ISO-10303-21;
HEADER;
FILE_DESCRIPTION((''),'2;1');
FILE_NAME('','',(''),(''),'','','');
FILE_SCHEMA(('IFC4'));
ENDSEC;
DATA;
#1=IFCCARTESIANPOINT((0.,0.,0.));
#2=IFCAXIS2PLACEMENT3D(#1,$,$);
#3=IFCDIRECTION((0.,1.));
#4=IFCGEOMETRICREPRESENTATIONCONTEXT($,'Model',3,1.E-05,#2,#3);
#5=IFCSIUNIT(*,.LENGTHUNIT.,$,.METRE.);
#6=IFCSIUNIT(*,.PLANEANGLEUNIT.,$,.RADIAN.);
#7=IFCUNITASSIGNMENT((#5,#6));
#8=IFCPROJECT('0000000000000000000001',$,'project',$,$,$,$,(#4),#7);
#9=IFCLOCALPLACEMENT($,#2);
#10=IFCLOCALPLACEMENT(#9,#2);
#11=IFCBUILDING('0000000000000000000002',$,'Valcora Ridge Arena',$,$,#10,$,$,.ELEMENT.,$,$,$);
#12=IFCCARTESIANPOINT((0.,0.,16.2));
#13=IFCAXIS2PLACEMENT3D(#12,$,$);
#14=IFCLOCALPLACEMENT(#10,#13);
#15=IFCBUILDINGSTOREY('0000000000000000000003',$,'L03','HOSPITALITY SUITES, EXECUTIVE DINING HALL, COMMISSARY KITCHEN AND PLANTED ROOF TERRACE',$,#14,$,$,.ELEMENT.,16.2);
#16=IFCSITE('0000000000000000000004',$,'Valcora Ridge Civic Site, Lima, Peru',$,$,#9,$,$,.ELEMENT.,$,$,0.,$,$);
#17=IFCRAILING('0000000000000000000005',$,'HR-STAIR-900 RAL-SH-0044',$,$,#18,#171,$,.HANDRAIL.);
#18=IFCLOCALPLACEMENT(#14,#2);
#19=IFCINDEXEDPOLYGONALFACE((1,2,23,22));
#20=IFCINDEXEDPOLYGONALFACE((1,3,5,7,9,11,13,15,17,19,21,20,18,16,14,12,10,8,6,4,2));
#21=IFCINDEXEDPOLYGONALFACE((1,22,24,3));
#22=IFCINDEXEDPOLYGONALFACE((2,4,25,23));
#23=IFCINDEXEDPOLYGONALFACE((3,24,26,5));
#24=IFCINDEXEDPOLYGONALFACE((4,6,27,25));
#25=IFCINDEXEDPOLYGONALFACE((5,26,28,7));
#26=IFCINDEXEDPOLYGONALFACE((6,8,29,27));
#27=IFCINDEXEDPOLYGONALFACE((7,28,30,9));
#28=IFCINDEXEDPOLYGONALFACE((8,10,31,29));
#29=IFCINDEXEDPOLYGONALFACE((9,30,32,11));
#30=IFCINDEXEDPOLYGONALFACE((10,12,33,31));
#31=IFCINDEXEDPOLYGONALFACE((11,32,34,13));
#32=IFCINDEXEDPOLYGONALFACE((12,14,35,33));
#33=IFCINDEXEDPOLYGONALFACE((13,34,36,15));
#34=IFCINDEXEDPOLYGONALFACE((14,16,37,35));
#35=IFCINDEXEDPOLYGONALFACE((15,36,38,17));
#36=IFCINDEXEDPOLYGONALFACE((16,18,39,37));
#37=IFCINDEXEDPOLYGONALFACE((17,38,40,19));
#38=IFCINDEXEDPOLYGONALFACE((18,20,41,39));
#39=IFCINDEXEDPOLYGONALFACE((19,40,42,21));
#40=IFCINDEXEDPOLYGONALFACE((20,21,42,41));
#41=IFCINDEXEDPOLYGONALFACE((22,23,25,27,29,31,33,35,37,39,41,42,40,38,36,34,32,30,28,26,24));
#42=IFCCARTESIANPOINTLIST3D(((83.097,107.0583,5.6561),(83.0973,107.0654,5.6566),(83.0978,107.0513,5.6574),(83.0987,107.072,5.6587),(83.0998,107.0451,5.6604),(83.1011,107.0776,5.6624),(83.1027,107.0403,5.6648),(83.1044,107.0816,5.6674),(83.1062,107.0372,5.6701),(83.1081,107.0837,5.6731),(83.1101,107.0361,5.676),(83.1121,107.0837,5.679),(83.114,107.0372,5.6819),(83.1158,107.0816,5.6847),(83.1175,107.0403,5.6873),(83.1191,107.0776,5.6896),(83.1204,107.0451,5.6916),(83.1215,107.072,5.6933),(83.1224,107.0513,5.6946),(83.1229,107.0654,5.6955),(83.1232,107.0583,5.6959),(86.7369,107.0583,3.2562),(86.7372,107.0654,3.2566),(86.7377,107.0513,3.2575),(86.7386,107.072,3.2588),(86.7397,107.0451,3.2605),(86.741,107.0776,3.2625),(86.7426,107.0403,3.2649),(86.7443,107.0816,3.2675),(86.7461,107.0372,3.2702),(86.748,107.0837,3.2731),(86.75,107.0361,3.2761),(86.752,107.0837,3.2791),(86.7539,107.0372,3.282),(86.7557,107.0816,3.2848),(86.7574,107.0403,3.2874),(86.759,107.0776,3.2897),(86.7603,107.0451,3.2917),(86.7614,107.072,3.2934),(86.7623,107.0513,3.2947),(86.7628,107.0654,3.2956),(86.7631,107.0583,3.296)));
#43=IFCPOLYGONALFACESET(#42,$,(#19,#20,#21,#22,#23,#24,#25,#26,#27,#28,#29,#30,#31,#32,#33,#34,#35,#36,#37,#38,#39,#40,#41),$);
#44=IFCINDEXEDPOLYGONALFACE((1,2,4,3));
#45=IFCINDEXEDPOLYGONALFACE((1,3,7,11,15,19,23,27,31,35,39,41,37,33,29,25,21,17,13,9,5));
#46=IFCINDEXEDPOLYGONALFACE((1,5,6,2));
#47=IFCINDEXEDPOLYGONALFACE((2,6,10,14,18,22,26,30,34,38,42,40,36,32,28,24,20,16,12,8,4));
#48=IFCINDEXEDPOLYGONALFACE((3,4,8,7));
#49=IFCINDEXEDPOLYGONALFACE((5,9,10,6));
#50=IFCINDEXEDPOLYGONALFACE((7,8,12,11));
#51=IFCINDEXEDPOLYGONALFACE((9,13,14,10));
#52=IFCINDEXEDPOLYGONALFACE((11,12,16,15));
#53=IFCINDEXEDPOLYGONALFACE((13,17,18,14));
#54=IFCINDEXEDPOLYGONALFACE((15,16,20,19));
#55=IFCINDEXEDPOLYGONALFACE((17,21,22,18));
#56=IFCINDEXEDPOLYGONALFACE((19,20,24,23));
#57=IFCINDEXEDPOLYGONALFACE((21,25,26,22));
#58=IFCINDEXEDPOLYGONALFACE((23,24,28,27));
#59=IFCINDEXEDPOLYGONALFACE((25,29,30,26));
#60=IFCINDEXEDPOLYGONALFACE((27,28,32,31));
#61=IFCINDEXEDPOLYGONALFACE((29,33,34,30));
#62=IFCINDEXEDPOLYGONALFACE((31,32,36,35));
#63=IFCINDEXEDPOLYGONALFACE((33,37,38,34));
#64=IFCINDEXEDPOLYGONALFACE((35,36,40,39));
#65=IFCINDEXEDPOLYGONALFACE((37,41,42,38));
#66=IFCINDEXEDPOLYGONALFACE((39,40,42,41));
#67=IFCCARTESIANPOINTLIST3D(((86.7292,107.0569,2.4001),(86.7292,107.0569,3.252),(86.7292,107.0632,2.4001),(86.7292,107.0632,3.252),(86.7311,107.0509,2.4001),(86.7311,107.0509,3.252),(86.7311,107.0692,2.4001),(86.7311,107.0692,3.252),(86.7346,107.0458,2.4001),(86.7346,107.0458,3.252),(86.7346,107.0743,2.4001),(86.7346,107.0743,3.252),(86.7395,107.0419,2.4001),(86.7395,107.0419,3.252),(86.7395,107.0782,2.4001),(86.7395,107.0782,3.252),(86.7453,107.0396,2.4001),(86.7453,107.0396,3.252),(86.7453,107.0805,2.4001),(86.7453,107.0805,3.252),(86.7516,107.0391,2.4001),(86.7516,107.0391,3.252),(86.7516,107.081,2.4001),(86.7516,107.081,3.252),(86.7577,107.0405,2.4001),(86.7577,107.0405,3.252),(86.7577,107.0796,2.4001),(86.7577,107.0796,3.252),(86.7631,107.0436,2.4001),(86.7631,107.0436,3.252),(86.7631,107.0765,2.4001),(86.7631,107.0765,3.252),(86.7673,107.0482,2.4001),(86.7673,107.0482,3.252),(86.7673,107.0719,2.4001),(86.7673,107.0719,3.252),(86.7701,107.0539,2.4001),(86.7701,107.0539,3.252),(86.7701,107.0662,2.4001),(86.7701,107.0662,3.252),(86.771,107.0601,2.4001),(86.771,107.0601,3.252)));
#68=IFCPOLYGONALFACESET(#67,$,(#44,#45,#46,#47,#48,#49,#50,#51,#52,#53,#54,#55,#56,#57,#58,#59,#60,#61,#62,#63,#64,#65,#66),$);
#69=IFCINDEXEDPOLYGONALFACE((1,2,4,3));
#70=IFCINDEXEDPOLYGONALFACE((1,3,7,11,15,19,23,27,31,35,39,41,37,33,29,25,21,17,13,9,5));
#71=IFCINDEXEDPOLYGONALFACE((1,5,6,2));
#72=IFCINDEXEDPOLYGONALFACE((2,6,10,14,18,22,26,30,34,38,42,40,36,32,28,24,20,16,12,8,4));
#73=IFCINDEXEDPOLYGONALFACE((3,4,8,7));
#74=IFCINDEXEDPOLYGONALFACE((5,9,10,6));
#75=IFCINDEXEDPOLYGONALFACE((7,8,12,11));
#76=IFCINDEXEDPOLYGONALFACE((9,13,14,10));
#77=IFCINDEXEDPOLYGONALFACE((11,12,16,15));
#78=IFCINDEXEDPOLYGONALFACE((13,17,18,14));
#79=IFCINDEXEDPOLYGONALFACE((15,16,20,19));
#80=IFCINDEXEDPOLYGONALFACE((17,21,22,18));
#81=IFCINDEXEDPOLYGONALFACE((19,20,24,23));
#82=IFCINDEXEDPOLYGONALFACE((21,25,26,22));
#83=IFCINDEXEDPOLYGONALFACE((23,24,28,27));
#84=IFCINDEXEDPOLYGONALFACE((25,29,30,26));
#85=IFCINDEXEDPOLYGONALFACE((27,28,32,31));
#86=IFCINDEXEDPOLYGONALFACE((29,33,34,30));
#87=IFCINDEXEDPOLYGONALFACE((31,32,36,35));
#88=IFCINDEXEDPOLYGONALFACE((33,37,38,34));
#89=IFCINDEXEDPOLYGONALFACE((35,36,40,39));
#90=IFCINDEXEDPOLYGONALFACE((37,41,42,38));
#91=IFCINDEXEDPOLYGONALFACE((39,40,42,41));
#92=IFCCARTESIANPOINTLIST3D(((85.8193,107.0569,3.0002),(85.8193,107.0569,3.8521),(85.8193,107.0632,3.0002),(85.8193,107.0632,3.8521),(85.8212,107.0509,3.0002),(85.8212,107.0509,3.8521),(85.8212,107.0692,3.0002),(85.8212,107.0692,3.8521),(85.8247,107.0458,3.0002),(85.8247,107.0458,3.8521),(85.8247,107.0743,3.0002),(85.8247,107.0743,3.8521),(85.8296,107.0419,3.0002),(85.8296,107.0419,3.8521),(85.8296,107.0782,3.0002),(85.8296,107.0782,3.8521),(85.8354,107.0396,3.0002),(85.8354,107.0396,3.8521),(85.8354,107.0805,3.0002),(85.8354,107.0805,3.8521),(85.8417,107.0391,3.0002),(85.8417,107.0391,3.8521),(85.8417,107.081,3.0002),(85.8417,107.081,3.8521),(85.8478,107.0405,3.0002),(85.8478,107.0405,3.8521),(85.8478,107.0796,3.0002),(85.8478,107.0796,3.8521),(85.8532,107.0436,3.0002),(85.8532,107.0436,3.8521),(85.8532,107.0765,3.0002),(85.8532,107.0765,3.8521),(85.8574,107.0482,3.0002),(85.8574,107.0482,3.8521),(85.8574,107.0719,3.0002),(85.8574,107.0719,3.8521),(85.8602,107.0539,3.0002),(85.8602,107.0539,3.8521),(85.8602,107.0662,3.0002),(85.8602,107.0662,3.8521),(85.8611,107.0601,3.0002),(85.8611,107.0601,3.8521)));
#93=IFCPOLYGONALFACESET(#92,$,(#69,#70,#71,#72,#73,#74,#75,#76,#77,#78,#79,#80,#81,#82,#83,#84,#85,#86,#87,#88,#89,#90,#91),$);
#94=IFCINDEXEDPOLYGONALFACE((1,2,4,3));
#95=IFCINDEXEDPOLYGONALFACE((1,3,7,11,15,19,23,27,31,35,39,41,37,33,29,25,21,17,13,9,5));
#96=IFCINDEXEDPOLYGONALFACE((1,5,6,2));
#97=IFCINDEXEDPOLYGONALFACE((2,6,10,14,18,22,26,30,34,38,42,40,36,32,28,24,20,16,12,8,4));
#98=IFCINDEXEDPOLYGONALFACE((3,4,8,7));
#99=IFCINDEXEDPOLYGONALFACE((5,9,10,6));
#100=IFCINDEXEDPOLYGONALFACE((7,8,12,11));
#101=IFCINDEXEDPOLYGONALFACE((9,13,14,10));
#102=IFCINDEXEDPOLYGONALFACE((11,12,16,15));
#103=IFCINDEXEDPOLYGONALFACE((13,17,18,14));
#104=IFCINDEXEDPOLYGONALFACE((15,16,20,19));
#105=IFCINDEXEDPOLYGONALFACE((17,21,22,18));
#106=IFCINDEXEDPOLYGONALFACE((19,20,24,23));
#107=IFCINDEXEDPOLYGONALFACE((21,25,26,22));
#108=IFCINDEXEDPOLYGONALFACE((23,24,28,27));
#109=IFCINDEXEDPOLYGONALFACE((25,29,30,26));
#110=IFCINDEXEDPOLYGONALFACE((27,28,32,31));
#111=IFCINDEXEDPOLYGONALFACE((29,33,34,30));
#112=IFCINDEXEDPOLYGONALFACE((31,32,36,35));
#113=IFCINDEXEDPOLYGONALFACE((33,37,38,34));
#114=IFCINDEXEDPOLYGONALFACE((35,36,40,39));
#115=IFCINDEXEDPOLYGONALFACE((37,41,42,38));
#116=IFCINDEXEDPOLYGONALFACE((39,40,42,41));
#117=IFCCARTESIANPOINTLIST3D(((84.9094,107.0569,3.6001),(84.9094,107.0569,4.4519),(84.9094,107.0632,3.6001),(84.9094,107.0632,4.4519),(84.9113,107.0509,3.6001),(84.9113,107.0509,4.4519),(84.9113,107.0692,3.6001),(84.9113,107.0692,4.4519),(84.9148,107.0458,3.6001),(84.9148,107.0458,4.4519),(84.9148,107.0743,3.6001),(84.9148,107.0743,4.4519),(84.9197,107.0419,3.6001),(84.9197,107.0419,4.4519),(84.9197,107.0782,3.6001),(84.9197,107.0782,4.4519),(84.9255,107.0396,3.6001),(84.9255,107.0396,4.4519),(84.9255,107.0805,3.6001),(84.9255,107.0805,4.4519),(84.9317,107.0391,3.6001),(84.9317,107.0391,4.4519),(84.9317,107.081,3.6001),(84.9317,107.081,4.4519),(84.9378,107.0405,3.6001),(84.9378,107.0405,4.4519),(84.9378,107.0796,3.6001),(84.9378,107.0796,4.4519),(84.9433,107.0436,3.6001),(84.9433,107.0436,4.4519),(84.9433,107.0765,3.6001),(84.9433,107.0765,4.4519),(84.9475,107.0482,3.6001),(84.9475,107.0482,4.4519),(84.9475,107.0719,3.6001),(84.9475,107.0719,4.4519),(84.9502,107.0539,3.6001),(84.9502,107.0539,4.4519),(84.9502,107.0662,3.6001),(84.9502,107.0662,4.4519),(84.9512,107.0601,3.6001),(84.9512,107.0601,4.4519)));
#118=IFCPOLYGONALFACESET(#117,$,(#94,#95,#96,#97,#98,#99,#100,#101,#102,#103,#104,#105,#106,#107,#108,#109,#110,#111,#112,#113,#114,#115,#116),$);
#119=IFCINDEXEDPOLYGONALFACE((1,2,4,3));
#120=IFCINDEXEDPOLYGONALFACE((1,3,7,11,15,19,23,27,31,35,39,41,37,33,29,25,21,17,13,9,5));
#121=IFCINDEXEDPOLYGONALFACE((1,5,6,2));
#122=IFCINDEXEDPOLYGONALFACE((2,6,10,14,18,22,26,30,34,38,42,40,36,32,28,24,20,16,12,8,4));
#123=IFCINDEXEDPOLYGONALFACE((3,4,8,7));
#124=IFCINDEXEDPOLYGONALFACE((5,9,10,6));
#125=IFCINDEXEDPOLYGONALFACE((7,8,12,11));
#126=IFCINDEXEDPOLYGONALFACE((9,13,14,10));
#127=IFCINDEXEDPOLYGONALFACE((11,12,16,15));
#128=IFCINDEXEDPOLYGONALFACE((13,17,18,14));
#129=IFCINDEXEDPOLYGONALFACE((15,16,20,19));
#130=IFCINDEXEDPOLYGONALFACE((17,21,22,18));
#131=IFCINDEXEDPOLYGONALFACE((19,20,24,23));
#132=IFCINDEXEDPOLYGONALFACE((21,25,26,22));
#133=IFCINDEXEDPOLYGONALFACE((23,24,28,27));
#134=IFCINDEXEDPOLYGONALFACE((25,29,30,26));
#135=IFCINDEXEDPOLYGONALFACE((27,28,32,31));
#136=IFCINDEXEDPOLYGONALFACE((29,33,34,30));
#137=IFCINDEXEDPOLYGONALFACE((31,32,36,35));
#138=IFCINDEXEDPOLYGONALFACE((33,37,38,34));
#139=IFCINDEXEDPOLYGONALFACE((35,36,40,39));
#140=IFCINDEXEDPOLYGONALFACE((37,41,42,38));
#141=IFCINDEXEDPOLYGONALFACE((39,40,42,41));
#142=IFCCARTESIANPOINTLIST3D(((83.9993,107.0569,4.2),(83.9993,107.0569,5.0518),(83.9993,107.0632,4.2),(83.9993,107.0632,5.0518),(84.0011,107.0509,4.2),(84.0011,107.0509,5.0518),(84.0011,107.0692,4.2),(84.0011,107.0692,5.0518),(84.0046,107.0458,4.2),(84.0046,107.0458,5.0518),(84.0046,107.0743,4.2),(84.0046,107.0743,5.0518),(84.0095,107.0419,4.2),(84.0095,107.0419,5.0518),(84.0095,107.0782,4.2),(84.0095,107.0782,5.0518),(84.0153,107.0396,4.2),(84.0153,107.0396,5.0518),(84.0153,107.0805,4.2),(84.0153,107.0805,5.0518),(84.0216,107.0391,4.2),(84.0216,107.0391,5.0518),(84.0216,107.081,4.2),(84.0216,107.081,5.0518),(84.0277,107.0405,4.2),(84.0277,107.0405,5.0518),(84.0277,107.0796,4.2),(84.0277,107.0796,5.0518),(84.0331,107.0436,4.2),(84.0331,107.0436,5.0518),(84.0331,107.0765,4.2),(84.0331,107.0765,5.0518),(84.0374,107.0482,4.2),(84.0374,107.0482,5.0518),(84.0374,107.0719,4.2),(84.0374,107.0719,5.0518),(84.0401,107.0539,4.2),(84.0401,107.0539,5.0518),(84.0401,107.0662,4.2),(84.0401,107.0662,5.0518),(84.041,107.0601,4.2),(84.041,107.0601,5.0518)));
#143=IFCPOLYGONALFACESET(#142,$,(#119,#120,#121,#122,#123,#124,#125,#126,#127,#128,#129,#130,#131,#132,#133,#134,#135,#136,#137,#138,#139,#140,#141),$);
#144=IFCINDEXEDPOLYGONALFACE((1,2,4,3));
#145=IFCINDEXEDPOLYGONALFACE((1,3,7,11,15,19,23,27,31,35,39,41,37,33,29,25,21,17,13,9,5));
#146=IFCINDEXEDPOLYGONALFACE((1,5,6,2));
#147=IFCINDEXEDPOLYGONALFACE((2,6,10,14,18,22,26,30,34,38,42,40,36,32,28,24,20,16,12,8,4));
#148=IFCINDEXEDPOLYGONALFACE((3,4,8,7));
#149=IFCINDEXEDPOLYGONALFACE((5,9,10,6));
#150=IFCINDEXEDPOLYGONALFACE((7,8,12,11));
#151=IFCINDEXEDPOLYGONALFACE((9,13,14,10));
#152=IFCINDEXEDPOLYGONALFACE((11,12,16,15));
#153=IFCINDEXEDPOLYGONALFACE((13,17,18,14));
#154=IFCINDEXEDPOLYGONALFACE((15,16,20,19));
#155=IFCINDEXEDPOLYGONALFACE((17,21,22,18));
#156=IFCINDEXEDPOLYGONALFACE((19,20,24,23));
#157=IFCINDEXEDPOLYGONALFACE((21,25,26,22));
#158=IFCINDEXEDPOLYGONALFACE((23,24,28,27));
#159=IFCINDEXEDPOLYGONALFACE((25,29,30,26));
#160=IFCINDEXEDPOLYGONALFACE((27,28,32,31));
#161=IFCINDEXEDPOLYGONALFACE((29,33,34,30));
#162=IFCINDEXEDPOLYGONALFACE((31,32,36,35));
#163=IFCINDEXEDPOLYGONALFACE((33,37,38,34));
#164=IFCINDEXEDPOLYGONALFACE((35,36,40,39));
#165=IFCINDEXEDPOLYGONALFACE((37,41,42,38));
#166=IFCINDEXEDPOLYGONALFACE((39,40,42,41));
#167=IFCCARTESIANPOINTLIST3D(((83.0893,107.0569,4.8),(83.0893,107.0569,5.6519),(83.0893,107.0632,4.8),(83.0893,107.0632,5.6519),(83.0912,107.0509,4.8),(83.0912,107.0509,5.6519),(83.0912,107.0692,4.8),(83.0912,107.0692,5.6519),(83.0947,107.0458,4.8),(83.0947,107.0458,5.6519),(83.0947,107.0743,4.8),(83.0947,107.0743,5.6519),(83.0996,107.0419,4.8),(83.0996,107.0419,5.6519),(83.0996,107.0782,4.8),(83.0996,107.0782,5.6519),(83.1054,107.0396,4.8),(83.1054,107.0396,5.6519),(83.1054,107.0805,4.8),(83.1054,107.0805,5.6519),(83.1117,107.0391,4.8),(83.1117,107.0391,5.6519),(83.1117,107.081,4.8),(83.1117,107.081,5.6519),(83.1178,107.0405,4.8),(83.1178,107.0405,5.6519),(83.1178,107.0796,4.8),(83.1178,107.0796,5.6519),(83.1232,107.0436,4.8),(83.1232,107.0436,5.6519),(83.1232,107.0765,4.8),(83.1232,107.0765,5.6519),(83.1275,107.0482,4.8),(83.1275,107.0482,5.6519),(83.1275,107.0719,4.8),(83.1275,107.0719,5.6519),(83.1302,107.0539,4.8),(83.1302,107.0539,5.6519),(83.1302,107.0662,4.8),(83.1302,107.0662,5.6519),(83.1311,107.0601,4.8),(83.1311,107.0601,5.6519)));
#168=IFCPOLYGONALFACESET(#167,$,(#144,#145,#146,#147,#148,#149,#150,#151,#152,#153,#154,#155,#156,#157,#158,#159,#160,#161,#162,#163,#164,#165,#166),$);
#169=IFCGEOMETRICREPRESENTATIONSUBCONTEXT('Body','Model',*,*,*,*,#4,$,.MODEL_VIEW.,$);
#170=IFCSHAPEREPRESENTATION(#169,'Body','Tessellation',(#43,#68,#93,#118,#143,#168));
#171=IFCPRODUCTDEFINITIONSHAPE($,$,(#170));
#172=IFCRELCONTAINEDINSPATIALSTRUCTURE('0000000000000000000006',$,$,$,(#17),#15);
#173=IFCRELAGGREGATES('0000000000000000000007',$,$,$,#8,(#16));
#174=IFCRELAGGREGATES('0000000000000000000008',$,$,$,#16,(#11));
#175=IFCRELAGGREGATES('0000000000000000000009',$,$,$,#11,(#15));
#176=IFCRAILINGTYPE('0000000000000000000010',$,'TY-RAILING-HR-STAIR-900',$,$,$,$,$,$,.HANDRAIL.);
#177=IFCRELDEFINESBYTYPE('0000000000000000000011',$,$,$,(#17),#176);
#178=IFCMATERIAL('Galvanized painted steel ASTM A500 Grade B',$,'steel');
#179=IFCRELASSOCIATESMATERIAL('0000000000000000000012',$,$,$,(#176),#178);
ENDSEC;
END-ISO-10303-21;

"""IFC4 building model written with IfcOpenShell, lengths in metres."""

from ifc_helpers import new_model, si_unit, direction, frame, origin, origin_2d, place, context, subcontext, project, spatial, circle, extrude, material, type_object, element, save


model = new_model("IFC4")

# Units and contexts
model_context = context("Model", 3, precision=1e-05, world=origin(), true_north=direction((0.0, 1.0)))
body_context = subcontext(model_context, "Body", "Model", "MODEL_VIEW")
ifc_project = project(units=[si_unit("LENGTHUNIT", "METRE"), si_unit("PLANEANGLEUNIT", "RADIAN")], contexts=[model_context])

# Site, building, storey
site_placement = place(None, origin())
site = spatial("IfcSite", under=ifc_project, at=site_placement, Name="Valcora Ridge Civic Site, Lima, Peru", CompositionType="ELEMENT", RefElevation=0.0)
building_placement = place(site_placement, origin())
building = spatial("IfcBuilding", under=site, at=building_placement, Name="Valcora Ridge Arena", CompositionType="ELEMENT")
storey_placement = place(building_placement, frame((0.0, 0.0, 16.2)))
storey = spatial("IfcBuildingStorey", under=building, at=storey_placement, Name="L03", Description="HOSPITALITY SUITES, EXECUTIVE DINING HALL, COMMISSARY KITCHEN AND PLANTED ROOF TERRACE", CompositionType="ELEMENT", Elevation=16.2)

# Railing
ifc_material_1 = material(Name="Galvanized painted steel ASTM A500 Grade B", Category="steel")
railing_type_1 = type_object("IfcRailingType", Name="TY-RAILING-HR-STAIR-900", PredefinedType="HANDRAIL", material=ifc_material_1)
railing_1_placement = place(storey_placement, frame((86.75, 107.0601, 2.4001)))
element("IfcRailing", 1, at=railing_1_placement, inside=storey, type_object=railing_type_1, Name="HR-STAIR-900 RAL-SH-0044", PredefinedType="HANDRAIL", context=body_context, shape_type="SweptSolid", body=[
    extrude(circle(Radius=0.0239, at=origin_2d()), frame((0.0, 0.0, 0.876), z_axis=(-0.834865, 0.0, 0.550454), x_axis=(0.0, -1.0, 0.0)), (0.0, 0.0, 1.0), 4.3599),
    extrude(circle(Radius=0.021, at=origin_2d()), origin(), (0.0, 0.0, 1.0), 0.8518),
    extrude(circle(Radius=0.021, at=origin_2d()), frame((-0.9099, 0.0, 0.6001)), (0.0, 0.0, 1.0), 0.8518),
    extrude(circle(Radius=0.021, at=origin_2d()), frame((-1.8198, 0.0, 1.2)), (0.0, 0.0, 1.0), 0.8518),
    extrude(circle(Radius=0.021, at=origin_2d()), frame((-2.73, 0.0, 1.7998)), (0.0, 0.0, 1.0), 0.8518),
    extrude(circle(Radius=0.021, at=origin_2d()), frame((-3.6399, 0.0, 2.3999)), (0.0, 0.0, 1.0), 0.8518),
])

save(model, "model.ifc")
